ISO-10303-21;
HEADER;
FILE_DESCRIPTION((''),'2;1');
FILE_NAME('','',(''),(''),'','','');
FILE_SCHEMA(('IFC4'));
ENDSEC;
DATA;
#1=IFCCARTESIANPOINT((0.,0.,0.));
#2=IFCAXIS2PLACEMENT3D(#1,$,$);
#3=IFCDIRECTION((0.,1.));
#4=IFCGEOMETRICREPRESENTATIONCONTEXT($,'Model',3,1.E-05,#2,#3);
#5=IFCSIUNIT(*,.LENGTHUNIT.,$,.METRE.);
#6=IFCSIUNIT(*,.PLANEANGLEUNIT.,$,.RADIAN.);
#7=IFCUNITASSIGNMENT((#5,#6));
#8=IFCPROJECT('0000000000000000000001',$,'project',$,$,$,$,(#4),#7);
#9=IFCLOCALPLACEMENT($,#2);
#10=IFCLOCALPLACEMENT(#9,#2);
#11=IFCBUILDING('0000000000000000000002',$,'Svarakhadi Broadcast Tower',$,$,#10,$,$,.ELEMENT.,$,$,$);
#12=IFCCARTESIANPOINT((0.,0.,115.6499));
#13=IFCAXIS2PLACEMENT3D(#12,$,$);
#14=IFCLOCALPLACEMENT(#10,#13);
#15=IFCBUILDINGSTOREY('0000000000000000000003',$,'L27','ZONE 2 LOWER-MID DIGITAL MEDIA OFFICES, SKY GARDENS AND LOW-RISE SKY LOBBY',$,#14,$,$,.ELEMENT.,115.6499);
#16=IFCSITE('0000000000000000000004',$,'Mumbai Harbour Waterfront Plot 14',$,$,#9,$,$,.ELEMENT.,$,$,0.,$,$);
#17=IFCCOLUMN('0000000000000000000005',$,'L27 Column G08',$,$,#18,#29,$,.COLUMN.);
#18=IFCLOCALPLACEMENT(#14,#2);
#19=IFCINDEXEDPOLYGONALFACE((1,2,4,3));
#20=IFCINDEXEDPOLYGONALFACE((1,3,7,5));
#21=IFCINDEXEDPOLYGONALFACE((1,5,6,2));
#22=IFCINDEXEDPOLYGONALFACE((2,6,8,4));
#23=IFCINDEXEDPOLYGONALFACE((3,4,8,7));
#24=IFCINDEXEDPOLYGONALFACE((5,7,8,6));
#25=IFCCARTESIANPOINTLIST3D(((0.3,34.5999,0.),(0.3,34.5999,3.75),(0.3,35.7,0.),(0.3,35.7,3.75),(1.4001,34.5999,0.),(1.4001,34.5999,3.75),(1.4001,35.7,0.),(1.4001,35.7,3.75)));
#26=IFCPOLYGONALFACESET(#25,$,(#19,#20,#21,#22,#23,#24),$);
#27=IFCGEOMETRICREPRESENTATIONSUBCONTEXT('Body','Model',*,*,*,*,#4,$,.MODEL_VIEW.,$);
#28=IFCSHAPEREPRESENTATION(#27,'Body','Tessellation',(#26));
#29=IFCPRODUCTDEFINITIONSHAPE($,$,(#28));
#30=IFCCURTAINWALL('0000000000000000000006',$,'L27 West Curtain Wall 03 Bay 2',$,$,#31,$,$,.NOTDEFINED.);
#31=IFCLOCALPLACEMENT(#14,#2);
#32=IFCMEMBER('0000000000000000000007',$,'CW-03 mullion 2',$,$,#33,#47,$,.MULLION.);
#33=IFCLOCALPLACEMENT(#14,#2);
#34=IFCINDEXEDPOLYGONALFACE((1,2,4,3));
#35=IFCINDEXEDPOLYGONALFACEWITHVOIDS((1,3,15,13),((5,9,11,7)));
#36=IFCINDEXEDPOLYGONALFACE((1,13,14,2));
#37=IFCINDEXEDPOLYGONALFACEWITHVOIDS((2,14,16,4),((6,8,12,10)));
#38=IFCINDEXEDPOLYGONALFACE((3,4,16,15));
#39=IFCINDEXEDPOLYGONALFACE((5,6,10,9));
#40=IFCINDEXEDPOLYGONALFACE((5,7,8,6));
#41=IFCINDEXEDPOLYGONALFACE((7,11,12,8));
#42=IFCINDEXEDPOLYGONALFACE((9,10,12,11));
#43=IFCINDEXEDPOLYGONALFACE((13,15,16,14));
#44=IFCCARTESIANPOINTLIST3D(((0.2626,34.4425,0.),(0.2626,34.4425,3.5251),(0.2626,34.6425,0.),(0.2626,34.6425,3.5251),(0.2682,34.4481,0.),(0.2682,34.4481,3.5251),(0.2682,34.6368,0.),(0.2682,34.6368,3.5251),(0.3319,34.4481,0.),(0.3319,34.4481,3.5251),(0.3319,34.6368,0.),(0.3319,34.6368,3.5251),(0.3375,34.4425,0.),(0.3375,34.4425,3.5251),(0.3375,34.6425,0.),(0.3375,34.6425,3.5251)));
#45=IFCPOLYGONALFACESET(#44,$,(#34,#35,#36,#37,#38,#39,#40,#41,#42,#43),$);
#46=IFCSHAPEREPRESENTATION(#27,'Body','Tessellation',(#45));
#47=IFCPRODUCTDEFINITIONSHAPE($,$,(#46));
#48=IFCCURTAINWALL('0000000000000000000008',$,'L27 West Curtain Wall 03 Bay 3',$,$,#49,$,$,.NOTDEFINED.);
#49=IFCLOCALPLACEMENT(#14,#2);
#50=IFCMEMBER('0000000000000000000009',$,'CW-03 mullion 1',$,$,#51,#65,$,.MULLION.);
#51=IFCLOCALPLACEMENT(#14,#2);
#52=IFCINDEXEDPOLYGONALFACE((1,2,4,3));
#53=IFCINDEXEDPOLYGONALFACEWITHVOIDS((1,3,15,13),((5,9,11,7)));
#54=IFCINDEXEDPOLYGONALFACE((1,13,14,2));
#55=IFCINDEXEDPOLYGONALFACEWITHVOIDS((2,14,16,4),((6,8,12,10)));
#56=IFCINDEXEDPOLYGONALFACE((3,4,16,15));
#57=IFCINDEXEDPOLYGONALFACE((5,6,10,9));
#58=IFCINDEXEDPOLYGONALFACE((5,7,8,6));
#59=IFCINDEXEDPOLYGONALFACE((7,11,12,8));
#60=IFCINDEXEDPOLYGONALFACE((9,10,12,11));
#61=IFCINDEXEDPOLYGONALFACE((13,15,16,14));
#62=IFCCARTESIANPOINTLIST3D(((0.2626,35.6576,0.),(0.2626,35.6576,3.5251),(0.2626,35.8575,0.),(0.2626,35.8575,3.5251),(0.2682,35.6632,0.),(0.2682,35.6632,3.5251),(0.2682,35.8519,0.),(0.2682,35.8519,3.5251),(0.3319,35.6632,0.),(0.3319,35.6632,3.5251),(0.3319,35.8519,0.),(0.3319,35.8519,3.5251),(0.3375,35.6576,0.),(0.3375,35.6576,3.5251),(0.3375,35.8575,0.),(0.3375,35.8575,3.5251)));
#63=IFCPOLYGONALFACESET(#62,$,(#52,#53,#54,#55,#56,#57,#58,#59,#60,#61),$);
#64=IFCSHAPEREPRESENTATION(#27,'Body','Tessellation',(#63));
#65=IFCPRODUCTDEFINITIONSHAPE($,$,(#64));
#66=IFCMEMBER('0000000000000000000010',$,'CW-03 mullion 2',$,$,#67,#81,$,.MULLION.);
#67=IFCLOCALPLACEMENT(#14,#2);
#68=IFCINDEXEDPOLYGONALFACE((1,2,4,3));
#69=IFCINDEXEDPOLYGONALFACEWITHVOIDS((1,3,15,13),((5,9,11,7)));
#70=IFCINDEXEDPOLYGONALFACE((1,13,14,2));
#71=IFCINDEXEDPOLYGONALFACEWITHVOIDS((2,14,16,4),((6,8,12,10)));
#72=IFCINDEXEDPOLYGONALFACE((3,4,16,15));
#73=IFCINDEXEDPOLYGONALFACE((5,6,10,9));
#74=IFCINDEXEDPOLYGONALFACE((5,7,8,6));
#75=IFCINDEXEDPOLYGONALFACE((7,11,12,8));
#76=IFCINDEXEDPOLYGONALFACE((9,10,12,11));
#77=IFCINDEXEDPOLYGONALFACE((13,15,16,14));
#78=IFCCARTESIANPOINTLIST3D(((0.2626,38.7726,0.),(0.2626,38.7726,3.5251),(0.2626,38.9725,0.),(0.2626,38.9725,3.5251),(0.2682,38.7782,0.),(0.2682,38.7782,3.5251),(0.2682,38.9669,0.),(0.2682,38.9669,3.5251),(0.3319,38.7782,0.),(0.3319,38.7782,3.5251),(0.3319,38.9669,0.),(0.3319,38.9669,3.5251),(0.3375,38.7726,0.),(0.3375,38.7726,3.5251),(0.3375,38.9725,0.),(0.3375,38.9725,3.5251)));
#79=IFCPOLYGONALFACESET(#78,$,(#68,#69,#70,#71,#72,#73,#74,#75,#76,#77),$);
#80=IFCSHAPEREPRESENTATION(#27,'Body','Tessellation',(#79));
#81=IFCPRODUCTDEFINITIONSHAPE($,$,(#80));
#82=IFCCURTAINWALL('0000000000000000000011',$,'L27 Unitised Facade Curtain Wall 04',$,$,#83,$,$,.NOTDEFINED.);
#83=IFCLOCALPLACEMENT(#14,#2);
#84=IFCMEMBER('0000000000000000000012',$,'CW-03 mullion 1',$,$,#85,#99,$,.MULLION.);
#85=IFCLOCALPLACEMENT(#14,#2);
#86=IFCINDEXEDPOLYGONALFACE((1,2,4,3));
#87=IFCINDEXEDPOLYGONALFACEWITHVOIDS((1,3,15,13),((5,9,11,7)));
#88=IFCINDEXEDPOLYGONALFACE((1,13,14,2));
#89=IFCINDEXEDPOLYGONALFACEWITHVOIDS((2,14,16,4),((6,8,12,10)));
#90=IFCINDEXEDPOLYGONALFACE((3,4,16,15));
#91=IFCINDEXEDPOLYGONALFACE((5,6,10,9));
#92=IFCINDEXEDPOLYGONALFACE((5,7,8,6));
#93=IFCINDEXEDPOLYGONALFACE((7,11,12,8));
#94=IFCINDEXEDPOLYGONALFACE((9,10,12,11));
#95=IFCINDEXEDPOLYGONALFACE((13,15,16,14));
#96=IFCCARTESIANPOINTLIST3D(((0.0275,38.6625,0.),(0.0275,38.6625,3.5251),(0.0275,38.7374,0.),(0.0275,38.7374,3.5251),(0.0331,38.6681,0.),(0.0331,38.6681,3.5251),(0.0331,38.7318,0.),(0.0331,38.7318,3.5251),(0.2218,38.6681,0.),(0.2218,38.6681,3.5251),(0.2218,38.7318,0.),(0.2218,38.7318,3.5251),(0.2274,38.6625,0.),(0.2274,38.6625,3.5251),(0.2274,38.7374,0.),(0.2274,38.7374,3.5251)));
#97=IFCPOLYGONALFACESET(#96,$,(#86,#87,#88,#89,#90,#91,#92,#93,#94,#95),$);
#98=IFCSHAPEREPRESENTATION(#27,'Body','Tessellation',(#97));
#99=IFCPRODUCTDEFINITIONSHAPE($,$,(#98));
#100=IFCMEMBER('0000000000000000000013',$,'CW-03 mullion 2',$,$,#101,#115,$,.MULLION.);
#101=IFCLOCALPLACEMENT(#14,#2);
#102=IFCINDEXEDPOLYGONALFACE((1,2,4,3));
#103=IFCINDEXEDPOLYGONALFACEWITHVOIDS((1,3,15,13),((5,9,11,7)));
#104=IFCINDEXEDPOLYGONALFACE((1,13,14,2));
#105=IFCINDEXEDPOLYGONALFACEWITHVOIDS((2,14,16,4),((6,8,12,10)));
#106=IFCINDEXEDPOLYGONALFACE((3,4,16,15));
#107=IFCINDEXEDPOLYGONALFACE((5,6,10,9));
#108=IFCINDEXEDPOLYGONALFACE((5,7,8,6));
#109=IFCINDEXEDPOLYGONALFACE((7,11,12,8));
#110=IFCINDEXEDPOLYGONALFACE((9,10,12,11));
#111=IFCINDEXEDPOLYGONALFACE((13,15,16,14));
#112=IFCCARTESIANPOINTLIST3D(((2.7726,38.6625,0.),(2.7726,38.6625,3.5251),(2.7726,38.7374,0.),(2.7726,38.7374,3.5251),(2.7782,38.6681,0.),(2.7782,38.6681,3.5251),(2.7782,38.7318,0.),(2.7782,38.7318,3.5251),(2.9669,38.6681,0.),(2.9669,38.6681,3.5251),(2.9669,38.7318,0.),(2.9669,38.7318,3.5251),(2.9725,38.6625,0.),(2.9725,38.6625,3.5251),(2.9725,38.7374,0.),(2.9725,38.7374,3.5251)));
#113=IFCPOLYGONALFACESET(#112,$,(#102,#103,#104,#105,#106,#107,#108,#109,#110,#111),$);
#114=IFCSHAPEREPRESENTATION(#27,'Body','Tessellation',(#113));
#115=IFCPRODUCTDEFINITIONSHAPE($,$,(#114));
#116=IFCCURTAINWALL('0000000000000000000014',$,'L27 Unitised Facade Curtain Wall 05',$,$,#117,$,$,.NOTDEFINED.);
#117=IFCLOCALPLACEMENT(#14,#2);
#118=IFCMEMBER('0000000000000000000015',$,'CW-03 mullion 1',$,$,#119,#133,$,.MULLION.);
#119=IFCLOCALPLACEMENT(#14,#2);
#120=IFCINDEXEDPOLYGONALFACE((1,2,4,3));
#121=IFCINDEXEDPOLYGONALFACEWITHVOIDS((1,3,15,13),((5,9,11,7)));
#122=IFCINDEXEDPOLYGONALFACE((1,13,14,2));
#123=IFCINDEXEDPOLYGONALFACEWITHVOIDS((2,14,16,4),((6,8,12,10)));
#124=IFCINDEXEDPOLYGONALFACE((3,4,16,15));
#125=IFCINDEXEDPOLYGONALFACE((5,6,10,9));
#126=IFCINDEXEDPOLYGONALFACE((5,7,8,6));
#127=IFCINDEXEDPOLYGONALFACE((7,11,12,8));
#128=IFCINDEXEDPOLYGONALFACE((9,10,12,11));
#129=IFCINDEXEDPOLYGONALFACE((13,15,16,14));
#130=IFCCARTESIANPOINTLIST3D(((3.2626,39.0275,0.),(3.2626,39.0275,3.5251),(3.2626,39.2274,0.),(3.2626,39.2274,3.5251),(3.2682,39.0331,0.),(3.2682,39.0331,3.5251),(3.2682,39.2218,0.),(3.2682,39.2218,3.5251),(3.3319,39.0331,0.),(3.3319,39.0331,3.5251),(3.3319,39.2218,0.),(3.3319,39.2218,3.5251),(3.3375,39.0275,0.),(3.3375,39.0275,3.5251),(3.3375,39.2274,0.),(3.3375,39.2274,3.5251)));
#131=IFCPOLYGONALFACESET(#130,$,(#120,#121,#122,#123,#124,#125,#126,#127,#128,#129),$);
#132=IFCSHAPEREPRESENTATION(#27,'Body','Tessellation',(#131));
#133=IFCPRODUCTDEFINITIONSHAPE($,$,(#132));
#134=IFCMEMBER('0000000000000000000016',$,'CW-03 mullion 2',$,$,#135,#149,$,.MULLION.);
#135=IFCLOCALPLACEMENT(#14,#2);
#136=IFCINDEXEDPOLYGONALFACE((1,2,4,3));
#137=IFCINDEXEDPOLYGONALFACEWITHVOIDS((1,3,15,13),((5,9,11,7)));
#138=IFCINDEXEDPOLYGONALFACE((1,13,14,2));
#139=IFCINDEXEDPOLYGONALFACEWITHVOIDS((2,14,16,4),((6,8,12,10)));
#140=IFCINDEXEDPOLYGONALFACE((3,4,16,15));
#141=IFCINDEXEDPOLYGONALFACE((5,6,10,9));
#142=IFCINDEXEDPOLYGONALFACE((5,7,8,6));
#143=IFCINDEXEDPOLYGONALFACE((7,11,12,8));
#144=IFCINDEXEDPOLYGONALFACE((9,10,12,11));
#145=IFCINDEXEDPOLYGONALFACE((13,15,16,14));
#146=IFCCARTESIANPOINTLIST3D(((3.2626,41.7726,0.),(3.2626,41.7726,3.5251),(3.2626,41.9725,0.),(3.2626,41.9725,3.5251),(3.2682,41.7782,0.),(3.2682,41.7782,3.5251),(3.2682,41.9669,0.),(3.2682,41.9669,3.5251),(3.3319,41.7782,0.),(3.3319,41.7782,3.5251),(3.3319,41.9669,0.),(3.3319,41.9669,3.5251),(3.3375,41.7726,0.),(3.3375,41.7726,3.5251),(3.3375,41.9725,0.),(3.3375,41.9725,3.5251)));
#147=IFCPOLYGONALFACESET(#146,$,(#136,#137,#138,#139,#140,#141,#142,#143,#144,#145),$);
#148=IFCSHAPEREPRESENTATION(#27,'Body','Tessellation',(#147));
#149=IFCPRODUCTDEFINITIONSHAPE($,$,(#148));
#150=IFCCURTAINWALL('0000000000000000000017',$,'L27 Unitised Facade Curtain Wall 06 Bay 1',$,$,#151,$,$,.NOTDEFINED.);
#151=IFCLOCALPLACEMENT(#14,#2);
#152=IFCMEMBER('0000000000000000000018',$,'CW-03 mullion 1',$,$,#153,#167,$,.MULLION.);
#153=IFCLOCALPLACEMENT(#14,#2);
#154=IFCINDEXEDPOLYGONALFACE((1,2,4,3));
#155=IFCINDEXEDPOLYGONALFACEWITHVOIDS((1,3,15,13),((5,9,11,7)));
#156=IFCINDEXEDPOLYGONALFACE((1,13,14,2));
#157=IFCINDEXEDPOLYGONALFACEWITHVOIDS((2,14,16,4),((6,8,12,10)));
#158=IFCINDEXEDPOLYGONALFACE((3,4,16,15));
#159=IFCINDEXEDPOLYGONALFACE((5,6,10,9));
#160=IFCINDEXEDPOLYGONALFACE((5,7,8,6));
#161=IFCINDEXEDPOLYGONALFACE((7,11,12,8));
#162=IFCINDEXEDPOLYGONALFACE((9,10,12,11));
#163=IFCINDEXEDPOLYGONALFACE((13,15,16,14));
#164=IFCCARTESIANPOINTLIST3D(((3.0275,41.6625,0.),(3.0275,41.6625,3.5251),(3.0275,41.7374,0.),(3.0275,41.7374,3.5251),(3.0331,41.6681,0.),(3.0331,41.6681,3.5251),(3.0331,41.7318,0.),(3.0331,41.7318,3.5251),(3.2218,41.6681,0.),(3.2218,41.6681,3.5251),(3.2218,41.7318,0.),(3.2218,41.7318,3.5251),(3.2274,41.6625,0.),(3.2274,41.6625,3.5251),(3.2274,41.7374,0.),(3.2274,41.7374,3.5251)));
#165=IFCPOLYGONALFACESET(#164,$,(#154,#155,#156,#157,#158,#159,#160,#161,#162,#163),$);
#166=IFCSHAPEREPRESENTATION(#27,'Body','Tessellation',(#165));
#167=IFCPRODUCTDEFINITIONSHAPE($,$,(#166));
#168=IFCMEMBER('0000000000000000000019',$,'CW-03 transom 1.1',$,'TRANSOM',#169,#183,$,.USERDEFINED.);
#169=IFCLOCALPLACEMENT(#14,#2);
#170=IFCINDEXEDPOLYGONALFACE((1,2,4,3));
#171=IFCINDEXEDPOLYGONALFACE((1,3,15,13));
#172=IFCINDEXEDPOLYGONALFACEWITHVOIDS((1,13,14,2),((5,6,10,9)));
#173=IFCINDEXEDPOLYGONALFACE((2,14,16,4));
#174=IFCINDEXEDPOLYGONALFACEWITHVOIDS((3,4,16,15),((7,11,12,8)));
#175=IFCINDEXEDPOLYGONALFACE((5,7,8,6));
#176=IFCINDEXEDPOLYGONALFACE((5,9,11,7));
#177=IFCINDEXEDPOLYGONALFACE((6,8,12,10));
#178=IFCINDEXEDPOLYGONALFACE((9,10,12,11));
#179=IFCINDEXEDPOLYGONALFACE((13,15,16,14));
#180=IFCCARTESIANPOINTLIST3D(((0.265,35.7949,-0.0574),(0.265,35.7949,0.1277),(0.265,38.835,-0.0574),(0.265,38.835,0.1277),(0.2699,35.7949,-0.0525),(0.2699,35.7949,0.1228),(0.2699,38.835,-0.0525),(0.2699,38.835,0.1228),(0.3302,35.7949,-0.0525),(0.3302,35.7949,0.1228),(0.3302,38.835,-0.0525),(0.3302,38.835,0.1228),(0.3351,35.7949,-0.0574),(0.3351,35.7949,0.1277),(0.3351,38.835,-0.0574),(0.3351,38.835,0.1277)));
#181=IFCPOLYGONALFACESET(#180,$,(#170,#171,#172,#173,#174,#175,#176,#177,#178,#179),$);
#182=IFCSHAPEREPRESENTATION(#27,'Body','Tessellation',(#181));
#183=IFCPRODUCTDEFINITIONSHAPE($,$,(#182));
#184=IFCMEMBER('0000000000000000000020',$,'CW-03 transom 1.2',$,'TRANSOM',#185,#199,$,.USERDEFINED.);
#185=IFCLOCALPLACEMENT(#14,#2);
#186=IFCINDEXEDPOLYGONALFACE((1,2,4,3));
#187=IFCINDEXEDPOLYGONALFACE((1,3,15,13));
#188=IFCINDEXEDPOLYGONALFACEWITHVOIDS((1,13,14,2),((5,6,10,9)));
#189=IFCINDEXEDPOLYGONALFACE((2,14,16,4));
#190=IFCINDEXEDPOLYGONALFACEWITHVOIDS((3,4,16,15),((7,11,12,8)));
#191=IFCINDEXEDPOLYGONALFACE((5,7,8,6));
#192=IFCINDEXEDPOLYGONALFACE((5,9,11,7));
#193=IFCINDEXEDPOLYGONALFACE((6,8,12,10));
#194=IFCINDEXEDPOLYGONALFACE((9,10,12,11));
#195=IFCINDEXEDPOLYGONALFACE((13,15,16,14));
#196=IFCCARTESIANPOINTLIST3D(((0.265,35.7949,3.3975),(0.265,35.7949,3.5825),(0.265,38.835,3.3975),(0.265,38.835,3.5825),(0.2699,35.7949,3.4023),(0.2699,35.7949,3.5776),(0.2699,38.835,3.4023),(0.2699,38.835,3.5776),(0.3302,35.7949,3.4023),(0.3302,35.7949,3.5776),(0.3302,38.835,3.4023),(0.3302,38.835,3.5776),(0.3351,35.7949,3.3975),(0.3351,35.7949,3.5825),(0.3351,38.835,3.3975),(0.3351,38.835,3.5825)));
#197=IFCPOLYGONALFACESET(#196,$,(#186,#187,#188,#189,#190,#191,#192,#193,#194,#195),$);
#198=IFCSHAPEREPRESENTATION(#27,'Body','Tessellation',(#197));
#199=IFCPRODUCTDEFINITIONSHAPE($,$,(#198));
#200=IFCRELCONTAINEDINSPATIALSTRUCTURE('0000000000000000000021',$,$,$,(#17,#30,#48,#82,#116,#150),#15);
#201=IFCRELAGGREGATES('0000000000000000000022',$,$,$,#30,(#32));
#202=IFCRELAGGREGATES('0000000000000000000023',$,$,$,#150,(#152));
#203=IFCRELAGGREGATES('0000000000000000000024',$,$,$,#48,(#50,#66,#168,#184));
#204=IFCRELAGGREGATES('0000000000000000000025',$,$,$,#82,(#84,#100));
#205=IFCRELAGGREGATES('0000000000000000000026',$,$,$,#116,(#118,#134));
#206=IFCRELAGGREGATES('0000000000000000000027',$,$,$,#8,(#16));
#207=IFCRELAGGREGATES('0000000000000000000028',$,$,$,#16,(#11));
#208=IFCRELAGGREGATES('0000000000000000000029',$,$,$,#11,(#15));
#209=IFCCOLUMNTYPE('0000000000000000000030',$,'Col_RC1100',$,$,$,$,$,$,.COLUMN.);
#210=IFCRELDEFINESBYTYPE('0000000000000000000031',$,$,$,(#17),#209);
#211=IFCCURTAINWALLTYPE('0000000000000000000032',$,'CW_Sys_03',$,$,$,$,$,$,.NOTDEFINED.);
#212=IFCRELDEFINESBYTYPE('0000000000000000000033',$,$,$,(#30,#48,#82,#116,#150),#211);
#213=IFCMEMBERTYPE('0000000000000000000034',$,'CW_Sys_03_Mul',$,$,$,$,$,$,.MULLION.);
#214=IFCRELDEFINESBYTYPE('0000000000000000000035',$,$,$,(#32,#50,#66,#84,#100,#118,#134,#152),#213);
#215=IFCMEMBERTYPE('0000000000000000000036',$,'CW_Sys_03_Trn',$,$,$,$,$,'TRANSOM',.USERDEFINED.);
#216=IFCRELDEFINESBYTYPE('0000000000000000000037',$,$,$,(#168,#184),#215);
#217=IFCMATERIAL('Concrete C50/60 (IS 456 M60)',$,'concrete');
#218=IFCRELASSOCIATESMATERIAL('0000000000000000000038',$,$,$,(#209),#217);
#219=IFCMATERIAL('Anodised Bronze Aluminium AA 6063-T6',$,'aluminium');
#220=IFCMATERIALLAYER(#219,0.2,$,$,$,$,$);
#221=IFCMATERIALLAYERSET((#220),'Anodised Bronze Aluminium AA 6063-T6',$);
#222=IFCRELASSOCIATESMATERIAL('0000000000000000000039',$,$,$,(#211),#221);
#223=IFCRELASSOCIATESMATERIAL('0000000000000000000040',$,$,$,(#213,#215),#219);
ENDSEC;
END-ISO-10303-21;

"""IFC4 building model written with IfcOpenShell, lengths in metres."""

from ifc_helpers import new_model, si_unit, direction, frame, origin, origin_2d, place, context, subcontext, project, spatial, rectangle, hollow_rectangle, extrude, material, layer, layer_set, material_profile, profile_set, type_object, element, aggregate, save


model = new_model("IFC4")

# Units and contexts
model_context = context("Model", 3, precision=1e-05, world=origin(), true_north=direction((0.0, 1.0)))
body_context = subcontext(model_context, "Body", "Model", "MODEL_VIEW")
ifc_project = project(units=[si_unit("LENGTHUNIT", "METRE"), si_unit("PLANEANGLEUNIT", "RADIAN")], contexts=[model_context])

# Site, building, storey
site_placement = place(None, origin())
site = spatial("IfcSite", under=ifc_project, at=site_placement, Name="Mumbai Harbour Waterfront Plot 14", CompositionType="ELEMENT", RefElevation=0.0)
building_placement = place(site_placement, origin())
building = spatial("IfcBuilding", under=site, at=building_placement, Name="Svarakhadi Broadcast Tower", CompositionType="ELEMENT")
storey_placement = place(building_placement, frame((0.0, 0.0, 115.6499)))
storey = spatial("IfcBuildingStorey", under=building, at=storey_placement, Name="L27", Description="ZONE 2 LOWER-MID DIGITAL MEDIA OFFICES, SKY GARDENS AND LOW-RISE SKY LOBBY", CompositionType="ELEMENT", Elevation=115.6499)

# Column
ifc_material_1 = material(Name="Concrete C50/60 (IS 456 M60)", Category="concrete")
ifc_material_profile_1 = material_profile(ifc_material_1, rectangle(XDim=1.1001, YDim=1.1001, at=origin_2d()), Name="RC 1100x1100")
ifc_profile_set_1 = profile_set([ifc_material_profile_1], Name="Concrete C50/60 (IS 456 M60)")
column_type = type_object("IfcColumnType", Name="Col_RC1100", PredefinedType="COLUMN", material=ifc_profile_set_1)
column_placement = place(storey_placement, frame((0.8501, 35.1499, 0.0), z_axis=(0.0, 0.0, 1.0), x_axis=(1.0, 0.0, 0.0)))
element("IfcColumn", 1, at=column_placement, inside=storey, type_object=column_type, Name="L27 Column G08", PredefinedType="COLUMN", context=body_context, shape_type="SweptSolid", body=[
    extrude(rectangle(XDim=1.1001, YDim=1.1001, at=origin_2d()), origin(), (0.0, 0.0, 1.0), 3.75),
])

# Curtain wall, member
ifc_material_2 = material(Name="Anodised Bronze Aluminium AA 6063-T6", Category="aluminium")
ifc_layer_1 = layer(ifc_material_2, 0.2)
ifc_layer_set_1 = layer_set([ifc_layer_1], Name="Anodised Bronze Aluminium AA 6063-T6")
curtain_wall_type = type_object("IfcCurtainWallType", Name="CW_Sys_03", PredefinedType="NOTDEFINED", material=ifc_layer_set_1)
curtain_wall_1_placement = place(storey_placement, origin())
curtain_wall_1 = element("IfcCurtainWall", 2, at=curtain_wall_1_placement, inside=storey, type_object=curtain_wall_type, Name="L27 West Curtain Wall 03 Bay 2", PredefinedType="NOTDEFINED")
ifc_material_profile_2 = material_profile(ifc_material_2, hollow_rectangle(XDim=0.075, YDim=0.2, WallThickness=0.0056, at=origin_2d()), Name="ALU MULLION 200x75x6")
ifc_profile_set_2 = profile_set([ifc_material_profile_2], Name="Anodised Bronze Aluminium AA 6063-T6")
member_type_1 = type_object("IfcMemberType", Name="CW_Sys_03_Mul", PredefinedType="MULLION", material=ifc_profile_set_2)
member_1_placement = place(storey_placement, frame((0.3, 34.5425, 0.0), z_axis=(0.0, 0.0, 1.0), x_axis=(-1.0, 0.0, 0.0)))
member_1 = element("IfcMember", 3, at=member_1_placement, type_object=member_type_1, Name="CW-03 mullion 2", PredefinedType="MULLION", context=body_context, shape_type="SweptSolid", body=[
    extrude(hollow_rectangle(XDim=0.075, YDim=0.2, WallThickness=0.0056, at=origin_2d()), origin(), (0.0, 0.0, 1.0), 3.5251),
])
aggregate(curtain_wall_1, [member_1])

# Curtain walls, members
curtain_wall_2_placement = place(storey_placement, origin())
curtain_wall_2 = element("IfcCurtainWall", 4, at=curtain_wall_2_placement, inside=storey, type_object=curtain_wall_type, Name="L27 West Curtain Wall 03 Bay 3", PredefinedType="NOTDEFINED")
member_2_placement = place(storey_placement, frame((0.3, 35.7576, 0.0), z_axis=(0.0, 0.0, 1.0), x_axis=(-1.0, 0.0, 0.0)))
member_2 = element("IfcMember", 5, at=member_2_placement, type_object=member_type_1, Name="CW-03 mullion 1", PredefinedType="MULLION", context=body_context, shape_type="SweptSolid", body=[
    extrude(hollow_rectangle(XDim=0.075, YDim=0.2, WallThickness=0.0056, at=origin_2d()), origin(), (0.0, 0.0, 1.0), 3.5251),
])
member_3_placement = place(storey_placement, frame((0.3, 38.8726, 0.0), z_axis=(0.0, 0.0, 1.0), x_axis=(-1.0, 0.0, 0.0)))
member_3 = element("IfcMember", 6, at=member_3_placement, type_object=member_type_1, Name="CW-03 mullion 2", PredefinedType="MULLION", context=body_context, shape_type="SweptSolid", body=[
    extrude(hollow_rectangle(XDim=0.075, YDim=0.2, WallThickness=0.0056, at=origin_2d()), origin(), (0.0, 0.0, 1.0), 3.5251),
])
curtain_wall_3_placement = place(storey_placement, origin())
curtain_wall_3 = element("IfcCurtainWall", 7, at=curtain_wall_3_placement, inside=storey, type_object=curtain_wall_type, Name="L27 Unitised Facade Curtain Wall 04", PredefinedType="NOTDEFINED")
member_4_placement = place(storey_placement, frame((0.1274, 38.7, 0.0), z_axis=(0.0, 0.0, 1.0), x_axis=(0.0, 1.0, 0.0)))
member_4 = element("IfcMember", 8, at=member_4_placement, type_object=member_type_1, Name="CW-03 mullion 1", PredefinedType="MULLION", context=body_context, shape_type="SweptSolid", body=[
    extrude(hollow_rectangle(XDim=0.075, YDim=0.2, WallThickness=0.0056, at=origin_2d()), origin(), (0.0, 0.0, 1.0), 3.5251),
])
member_5_placement = place(storey_placement, frame((2.8726, 38.7, 0.0), z_axis=(0.0, 0.0, 1.0), x_axis=(0.0, 1.0, 0.0)))
member_5 = element("IfcMember", 9, at=member_5_placement, type_object=member_type_1, Name="CW-03 mullion 2", PredefinedType="MULLION", context=body_context, shape_type="SweptSolid", body=[
    extrude(hollow_rectangle(XDim=0.075, YDim=0.2, WallThickness=0.0056, at=origin_2d()), origin(), (0.0, 0.0, 1.0), 3.5251),
])
curtain_wall_4_placement = place(storey_placement, origin())
curtain_wall_4 = element("IfcCurtainWall", 10, at=curtain_wall_4_placement, inside=storey, type_object=curtain_wall_type, Name="L27 Unitised Facade Curtain Wall 05", PredefinedType="NOTDEFINED")
member_6_placement = place(storey_placement, frame((3.3, 39.1274, 0.0), z_axis=(0.0, 0.0, 1.0), x_axis=(-1.0, 0.0, 0.0)))
member_6 = element("IfcMember", 11, at=member_6_placement, type_object=member_type_1, Name="CW-03 mullion 1", PredefinedType="MULLION", context=body_context, shape_type="SweptSolid", body=[
    extrude(hollow_rectangle(XDim=0.075, YDim=0.2, WallThickness=0.0056, at=origin_2d()), origin(), (0.0, 0.0, 1.0), 3.5251),
])
member_7_placement = place(storey_placement, frame((3.3, 41.8726, 0.0), z_axis=(0.0, 0.0, 1.0), x_axis=(-1.0, 0.0, 0.0)))
member_7 = element("IfcMember", 12, at=member_7_placement, type_object=member_type_1, Name="CW-03 mullion 2", PredefinedType="MULLION", context=body_context, shape_type="SweptSolid", body=[
    extrude(hollow_rectangle(XDim=0.075, YDim=0.2, WallThickness=0.0056, at=origin_2d()), origin(), (0.0, 0.0, 1.0), 3.5251),
])

# Curtain wall, member
curtain_wall_5_placement = place(storey_placement, origin())
curtain_wall_5 = element("IfcCurtainWall", 13, at=curtain_wall_5_placement, inside=storey, type_object=curtain_wall_type, Name="L27 Unitised Facade Curtain Wall 06 Bay 1", PredefinedType="NOTDEFINED")
member_8_placement = place(storey_placement, frame((3.1274, 41.7, 0.0), z_axis=(0.0, 0.0, 1.0), x_axis=(0.0, 1.0, 0.0)))
member_8 = element("IfcMember", 14, at=member_8_placement, type_object=member_type_1, Name="CW-03 mullion 1", PredefinedType="MULLION", context=body_context, shape_type="SweptSolid", body=[
    extrude(hollow_rectangle(XDim=0.075, YDim=0.2, WallThickness=0.0056, at=origin_2d()), origin(), (0.0, 0.0, 1.0), 3.5251),
])

# Members
ifc_material_profile_3 = material_profile(ifc_material_2, hollow_rectangle(XDim=0.0701, YDim=0.1851, WallThickness=0.0049, at=origin_2d()), Name="ALU TRANSOM 185x70x5")
ifc_profile_set_3 = profile_set([ifc_material_profile_3], Name="Anodised Bronze Aluminium AA 6063-T6")
member_type_2 = type_object("IfcMemberType", Name="CW_Sys_03_Trn", ElementType="TRANSOM", PredefinedType="USERDEFINED", material=ifc_profile_set_3)
member_9_placement = place(storey_placement, frame((0.3, 35.7949, 0.0352), z_axis=(0.0, 1.0, 0.0), x_axis=(-1.0, 0.0, 0.0)))
member_9 = element("IfcMember", 15, at=member_9_placement, type_object=member_type_2, Name="CW-03 transom 1.1", ObjectType="TRANSOM", PredefinedType="USERDEFINED", context=body_context, shape_type="SweptSolid", body=[
    extrude(hollow_rectangle(XDim=0.0701, YDim=0.1851, WallThickness=0.0049, at=origin_2d()), origin(), (0.0, 0.0, 1.0), 3.04),
])
member_10_placement = place(storey_placement, frame((0.3, 35.7949, 3.49), z_axis=(0.0, 1.0, 0.0), x_axis=(-1.0, 0.0, 0.0)))
member_10 = element("IfcMember", 16, at=member_10_placement, type_object=member_type_2, Name="CW-03 transom 1.2", ObjectType="TRANSOM", PredefinedType="USERDEFINED", context=body_context, shape_type="SweptSolid", body=[
    extrude(hollow_rectangle(XDim=0.0701, YDim=0.1851, WallThickness=0.0049, at=origin_2d()), origin(), (0.0, 0.0, 1.0), 3.04),
])
aggregate(curtain_wall_5, [member_8])

aggregate(curtain_wall_2, [member_2, member_3, member_9, member_10])
aggregate(curtain_wall_3, [member_4, member_5])
aggregate(curtain_wall_4, [member_6, member_7])

save(model, "model.ifc")
